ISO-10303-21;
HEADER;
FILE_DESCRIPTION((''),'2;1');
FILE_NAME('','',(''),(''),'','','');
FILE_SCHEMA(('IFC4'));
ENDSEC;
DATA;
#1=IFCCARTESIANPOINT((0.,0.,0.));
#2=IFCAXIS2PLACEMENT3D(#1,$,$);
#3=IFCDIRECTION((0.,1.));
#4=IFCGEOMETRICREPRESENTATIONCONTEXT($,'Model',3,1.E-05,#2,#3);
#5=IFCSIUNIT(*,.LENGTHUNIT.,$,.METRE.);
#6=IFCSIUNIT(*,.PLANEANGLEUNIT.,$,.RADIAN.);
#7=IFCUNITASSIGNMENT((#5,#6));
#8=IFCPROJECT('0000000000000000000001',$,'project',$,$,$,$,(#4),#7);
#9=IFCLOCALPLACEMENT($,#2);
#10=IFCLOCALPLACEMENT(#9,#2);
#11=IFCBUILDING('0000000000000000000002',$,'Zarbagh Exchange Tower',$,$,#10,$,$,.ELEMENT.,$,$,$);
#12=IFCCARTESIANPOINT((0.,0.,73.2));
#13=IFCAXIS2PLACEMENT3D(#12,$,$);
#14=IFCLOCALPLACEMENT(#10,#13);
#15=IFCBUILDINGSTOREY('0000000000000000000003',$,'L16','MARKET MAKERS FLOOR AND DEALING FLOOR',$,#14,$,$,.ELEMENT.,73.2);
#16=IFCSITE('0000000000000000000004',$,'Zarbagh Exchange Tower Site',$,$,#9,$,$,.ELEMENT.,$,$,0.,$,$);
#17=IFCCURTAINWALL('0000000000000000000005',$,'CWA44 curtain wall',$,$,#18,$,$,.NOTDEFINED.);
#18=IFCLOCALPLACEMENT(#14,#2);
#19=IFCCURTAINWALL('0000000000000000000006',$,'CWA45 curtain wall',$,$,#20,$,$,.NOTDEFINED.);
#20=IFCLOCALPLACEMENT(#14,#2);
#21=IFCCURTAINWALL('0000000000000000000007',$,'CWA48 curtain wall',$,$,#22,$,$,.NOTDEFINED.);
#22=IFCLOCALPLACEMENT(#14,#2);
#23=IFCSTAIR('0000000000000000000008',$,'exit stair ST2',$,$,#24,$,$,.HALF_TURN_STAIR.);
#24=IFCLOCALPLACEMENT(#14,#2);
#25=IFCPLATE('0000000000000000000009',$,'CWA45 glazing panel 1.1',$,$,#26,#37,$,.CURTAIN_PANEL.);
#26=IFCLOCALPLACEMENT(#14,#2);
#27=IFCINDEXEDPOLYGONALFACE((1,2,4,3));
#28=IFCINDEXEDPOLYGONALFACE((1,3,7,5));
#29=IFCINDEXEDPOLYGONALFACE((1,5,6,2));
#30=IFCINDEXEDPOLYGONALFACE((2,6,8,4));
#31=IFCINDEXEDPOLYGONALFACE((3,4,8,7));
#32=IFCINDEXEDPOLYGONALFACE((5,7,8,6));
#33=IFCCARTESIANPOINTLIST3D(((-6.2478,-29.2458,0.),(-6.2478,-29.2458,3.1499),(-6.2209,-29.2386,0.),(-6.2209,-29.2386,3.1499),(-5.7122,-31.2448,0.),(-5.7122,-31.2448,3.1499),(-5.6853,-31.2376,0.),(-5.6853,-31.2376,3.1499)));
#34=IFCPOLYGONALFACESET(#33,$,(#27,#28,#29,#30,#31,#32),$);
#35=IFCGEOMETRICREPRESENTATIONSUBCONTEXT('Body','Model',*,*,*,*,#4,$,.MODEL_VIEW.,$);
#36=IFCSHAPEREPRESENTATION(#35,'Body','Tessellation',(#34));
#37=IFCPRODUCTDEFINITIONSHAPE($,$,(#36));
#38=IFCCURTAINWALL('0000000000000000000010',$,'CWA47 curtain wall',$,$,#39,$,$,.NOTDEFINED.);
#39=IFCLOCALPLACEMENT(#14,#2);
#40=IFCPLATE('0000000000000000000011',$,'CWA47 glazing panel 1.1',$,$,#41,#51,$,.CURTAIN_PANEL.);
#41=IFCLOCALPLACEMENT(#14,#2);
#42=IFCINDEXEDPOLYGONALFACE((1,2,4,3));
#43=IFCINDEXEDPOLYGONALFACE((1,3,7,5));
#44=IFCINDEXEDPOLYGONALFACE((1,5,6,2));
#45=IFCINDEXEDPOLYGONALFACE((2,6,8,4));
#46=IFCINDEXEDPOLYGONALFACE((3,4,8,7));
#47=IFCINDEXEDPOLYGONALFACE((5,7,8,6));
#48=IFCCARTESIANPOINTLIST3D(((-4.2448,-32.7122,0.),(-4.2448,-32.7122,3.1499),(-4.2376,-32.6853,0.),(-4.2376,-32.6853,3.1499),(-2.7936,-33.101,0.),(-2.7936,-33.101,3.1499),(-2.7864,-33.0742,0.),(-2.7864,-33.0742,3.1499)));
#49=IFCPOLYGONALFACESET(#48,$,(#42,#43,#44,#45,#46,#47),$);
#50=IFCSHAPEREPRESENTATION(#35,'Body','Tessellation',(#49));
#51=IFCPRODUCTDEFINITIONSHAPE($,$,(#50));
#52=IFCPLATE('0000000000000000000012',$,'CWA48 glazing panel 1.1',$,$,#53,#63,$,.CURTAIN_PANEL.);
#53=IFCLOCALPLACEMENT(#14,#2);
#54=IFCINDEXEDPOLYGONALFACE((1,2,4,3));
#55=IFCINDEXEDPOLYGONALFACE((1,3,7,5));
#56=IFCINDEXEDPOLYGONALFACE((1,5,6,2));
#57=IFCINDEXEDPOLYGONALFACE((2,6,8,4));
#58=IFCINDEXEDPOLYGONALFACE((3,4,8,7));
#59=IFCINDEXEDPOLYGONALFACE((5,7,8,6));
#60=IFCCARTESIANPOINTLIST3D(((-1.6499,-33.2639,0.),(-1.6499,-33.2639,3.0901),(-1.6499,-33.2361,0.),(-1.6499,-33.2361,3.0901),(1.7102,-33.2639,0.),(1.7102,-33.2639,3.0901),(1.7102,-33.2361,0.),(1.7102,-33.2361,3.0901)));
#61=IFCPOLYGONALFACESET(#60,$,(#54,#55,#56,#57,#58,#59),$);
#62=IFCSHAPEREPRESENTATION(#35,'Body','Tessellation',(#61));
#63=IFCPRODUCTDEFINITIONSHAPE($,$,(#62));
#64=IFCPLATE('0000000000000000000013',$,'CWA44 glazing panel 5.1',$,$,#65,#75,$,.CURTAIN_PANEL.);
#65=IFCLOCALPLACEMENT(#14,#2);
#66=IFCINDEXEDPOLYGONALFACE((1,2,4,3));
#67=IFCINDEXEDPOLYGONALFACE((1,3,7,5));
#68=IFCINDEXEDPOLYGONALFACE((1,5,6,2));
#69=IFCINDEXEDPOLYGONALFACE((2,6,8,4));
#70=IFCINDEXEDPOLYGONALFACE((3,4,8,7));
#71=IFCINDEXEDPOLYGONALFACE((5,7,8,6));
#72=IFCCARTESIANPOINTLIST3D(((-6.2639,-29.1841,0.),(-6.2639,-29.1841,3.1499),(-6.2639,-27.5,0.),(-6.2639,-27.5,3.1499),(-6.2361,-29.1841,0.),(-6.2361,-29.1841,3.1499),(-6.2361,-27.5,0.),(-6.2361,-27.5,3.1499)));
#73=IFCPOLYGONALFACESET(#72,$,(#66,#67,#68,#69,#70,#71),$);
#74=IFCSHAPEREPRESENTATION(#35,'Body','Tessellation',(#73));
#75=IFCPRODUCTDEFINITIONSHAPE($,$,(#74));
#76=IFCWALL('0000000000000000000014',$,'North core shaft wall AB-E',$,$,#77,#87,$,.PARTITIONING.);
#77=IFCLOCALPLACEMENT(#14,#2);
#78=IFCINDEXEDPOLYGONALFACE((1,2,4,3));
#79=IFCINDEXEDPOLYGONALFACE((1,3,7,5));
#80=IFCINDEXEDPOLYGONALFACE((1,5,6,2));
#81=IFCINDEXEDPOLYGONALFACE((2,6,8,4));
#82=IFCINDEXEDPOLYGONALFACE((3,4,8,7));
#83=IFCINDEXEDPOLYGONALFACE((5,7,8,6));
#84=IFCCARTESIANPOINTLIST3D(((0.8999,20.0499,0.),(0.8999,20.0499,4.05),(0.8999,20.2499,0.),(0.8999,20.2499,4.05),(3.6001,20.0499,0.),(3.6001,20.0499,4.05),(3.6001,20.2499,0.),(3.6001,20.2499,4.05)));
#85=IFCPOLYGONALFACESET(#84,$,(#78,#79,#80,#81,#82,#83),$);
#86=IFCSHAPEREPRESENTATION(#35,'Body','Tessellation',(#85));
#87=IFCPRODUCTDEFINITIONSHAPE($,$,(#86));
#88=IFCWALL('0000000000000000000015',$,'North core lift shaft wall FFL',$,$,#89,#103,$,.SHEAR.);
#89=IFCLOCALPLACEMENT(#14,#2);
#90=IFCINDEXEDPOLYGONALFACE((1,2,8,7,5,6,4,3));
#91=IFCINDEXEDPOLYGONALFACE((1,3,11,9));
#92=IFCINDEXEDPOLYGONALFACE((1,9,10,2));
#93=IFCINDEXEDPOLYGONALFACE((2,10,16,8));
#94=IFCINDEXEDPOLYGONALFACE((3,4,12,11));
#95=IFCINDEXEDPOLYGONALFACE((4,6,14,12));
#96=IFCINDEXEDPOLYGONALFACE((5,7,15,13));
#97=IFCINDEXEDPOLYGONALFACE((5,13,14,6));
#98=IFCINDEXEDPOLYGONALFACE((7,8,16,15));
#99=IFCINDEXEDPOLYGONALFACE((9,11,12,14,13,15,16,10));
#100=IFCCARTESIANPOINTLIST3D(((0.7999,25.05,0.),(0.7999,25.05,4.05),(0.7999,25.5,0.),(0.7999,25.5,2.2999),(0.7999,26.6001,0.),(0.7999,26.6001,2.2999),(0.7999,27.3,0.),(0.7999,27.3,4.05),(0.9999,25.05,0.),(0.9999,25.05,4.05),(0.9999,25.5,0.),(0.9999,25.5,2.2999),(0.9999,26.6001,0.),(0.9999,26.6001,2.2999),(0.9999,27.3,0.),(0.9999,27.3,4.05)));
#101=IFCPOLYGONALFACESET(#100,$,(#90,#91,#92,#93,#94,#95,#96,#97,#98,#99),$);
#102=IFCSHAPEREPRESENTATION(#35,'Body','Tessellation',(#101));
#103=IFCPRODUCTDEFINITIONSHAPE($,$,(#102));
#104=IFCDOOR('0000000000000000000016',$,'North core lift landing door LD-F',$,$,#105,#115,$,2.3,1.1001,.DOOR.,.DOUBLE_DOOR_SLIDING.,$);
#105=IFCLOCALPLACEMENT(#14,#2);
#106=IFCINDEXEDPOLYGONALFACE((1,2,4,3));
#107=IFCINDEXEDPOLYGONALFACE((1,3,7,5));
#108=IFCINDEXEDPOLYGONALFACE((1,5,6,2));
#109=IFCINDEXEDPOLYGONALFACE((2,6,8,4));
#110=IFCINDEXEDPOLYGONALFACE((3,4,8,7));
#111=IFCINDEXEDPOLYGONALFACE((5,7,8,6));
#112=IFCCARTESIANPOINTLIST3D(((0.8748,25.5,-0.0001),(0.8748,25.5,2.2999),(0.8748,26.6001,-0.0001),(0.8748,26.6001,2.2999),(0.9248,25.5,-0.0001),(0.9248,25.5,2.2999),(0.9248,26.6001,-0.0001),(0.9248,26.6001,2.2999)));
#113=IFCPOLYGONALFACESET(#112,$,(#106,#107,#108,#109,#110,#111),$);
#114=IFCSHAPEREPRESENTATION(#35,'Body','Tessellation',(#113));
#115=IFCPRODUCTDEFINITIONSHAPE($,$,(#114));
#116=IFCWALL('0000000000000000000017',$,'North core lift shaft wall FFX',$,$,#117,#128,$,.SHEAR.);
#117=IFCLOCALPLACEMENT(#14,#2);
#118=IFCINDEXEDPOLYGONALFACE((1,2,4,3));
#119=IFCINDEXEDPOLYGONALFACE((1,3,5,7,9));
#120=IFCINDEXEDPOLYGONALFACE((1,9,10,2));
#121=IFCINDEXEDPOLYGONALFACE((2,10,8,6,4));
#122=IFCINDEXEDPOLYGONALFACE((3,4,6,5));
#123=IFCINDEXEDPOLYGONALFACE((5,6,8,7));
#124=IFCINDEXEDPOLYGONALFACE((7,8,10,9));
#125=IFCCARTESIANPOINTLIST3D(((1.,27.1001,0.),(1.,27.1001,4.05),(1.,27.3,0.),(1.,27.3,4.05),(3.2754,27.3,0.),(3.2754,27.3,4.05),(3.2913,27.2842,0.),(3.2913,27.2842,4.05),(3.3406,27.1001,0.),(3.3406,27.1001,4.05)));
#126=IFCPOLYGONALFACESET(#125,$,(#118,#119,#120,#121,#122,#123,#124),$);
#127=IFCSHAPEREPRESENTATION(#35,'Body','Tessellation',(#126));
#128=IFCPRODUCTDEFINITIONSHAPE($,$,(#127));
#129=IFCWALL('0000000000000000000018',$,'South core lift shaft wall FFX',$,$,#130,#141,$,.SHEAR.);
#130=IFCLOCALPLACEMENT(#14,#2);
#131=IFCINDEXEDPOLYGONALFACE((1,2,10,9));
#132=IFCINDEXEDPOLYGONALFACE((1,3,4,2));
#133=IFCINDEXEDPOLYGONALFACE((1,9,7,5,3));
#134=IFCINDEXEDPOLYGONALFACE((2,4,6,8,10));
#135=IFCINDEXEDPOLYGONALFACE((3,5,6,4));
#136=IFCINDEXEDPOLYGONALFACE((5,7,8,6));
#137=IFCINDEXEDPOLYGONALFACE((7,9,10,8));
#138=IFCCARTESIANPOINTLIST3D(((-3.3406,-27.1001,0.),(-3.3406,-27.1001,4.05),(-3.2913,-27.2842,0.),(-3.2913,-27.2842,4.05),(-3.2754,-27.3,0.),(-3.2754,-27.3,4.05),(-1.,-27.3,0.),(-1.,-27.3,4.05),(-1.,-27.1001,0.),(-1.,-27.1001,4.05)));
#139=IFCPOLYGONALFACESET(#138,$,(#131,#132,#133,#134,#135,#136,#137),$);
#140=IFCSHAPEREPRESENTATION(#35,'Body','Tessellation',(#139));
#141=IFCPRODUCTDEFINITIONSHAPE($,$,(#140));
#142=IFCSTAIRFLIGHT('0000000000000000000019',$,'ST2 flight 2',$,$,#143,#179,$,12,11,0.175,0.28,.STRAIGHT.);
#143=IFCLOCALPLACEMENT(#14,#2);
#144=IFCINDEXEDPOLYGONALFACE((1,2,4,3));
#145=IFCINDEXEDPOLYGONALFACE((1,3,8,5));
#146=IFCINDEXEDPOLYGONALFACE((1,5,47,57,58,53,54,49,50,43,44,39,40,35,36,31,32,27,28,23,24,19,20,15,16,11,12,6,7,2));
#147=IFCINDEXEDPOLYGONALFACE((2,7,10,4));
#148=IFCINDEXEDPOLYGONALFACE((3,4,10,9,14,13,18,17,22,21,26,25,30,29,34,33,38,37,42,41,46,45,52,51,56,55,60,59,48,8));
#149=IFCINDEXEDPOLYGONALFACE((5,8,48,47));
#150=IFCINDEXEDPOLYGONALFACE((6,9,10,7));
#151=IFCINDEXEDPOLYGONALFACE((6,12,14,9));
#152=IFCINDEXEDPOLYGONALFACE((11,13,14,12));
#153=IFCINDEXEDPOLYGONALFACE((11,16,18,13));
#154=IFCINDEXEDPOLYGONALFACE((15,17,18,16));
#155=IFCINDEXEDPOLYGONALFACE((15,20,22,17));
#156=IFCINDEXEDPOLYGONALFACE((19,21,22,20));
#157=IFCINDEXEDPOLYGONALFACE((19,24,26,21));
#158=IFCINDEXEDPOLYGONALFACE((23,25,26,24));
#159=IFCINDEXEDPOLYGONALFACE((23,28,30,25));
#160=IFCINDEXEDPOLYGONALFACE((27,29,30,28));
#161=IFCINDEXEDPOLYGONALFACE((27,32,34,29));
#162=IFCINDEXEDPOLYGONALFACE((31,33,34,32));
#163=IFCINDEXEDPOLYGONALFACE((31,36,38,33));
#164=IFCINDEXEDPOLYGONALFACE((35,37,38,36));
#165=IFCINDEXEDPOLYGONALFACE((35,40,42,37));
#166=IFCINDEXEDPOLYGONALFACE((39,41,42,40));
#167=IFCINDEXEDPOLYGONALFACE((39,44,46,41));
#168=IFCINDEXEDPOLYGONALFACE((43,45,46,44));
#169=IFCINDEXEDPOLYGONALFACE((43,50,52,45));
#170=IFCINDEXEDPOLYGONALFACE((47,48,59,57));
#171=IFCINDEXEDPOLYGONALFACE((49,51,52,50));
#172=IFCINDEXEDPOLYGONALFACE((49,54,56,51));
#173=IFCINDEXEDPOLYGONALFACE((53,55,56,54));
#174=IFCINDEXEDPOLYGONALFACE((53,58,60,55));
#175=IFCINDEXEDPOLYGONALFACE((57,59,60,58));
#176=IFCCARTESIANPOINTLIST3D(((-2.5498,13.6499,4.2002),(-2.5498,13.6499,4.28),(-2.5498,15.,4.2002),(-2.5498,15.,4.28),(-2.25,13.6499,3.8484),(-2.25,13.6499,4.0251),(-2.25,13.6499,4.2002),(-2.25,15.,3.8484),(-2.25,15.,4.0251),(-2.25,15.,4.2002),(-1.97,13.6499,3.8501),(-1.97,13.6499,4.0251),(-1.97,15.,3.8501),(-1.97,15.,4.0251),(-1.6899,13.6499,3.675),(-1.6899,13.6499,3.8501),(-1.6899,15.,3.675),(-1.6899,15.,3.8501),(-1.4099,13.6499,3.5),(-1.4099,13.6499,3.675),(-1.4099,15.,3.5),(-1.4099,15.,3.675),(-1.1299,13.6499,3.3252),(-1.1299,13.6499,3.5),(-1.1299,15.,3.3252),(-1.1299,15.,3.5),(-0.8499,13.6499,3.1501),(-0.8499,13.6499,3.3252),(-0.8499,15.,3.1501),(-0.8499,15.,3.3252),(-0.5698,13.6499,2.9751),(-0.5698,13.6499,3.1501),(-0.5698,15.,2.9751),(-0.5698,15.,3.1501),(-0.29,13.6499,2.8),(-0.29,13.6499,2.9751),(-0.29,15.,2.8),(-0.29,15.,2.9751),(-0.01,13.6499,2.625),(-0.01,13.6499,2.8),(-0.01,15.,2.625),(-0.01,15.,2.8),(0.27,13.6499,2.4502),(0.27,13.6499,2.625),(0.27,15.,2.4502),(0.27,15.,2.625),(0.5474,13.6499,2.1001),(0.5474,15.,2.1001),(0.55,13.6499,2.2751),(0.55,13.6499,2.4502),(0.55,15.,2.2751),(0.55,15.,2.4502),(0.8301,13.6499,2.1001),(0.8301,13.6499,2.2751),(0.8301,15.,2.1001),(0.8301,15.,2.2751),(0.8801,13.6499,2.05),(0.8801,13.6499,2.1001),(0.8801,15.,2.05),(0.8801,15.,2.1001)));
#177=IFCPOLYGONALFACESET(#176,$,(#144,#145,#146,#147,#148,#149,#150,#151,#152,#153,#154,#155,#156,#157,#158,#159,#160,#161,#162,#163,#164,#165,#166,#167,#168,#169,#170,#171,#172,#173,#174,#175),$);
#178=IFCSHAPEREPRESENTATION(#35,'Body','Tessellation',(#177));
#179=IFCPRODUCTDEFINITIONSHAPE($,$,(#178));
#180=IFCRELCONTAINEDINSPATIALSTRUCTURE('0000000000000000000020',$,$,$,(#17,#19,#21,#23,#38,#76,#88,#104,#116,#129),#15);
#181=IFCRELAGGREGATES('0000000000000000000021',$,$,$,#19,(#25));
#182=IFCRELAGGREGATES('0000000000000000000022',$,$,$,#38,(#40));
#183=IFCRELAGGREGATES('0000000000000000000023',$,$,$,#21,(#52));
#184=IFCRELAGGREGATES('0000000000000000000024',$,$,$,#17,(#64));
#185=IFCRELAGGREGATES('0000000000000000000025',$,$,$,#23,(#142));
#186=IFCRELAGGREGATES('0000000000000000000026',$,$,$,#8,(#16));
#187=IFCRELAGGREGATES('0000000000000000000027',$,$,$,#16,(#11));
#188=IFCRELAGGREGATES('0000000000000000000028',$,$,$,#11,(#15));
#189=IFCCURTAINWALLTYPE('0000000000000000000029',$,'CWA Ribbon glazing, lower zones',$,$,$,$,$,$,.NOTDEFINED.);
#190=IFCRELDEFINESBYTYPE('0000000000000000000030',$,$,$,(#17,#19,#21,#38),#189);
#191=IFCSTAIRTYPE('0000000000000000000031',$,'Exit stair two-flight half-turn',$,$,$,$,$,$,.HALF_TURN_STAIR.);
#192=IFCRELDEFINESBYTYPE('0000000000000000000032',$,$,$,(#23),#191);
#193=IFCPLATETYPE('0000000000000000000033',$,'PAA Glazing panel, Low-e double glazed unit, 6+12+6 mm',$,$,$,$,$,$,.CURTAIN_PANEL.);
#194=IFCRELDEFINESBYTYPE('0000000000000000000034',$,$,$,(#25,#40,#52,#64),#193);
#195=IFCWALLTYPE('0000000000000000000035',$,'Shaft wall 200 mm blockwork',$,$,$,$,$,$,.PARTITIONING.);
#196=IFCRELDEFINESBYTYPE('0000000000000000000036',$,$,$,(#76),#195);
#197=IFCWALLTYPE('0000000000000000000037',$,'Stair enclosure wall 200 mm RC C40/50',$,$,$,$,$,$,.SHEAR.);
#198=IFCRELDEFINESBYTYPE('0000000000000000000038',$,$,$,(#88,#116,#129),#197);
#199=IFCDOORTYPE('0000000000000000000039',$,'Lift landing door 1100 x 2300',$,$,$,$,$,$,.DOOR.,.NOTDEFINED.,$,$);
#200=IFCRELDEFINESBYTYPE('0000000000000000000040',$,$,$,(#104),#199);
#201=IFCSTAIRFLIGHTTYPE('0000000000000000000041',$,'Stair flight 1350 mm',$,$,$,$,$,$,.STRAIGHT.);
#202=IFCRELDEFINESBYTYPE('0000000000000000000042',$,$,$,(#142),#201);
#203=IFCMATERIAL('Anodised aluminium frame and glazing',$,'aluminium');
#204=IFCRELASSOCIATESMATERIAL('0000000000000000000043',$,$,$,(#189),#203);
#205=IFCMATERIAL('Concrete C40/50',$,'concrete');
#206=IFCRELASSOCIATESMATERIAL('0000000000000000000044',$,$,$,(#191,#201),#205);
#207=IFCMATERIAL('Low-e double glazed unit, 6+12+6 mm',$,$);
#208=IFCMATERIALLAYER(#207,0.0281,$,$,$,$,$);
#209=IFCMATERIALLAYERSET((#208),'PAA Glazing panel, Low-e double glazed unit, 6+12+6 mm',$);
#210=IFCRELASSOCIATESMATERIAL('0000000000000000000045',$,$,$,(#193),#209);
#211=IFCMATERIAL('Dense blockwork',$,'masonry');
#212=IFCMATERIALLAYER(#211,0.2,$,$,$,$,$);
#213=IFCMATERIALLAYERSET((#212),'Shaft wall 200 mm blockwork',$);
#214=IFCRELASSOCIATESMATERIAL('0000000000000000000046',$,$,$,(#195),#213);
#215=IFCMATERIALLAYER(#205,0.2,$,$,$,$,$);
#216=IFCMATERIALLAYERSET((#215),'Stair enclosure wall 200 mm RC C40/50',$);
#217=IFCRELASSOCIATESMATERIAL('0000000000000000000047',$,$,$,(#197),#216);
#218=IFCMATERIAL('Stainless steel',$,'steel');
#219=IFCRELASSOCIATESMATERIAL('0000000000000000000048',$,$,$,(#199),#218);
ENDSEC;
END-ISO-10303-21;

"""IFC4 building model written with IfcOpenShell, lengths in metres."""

from ifc_helpers import new_model, si_unit, direction, frame, frame_2d, origin, place, context, subcontext, project, spatial, polyline, rectangle, outline, extrude, source, transform, mapped, material, layer, layer_set, type_object, element, fill, aggregate, save


model = new_model("IFC4")

# Units and contexts
model_context = context("Model", 3, precision=1e-05, world=origin(), true_north=direction((0.0, 1.0)))
body_context = subcontext(model_context, "Body", "Model", "MODEL_VIEW")
ifc_project = project(units=[si_unit("LENGTHUNIT", "METRE"), si_unit("PLANEANGLEUNIT", "RADIAN")], contexts=[model_context])

# Site, building, storey
site_placement = place(None, origin())
site = spatial("IfcSite", under=ifc_project, at=site_placement, Name="Zarbagh Exchange Tower Site", CompositionType="ELEMENT", RefElevation=0.0)
building_placement = place(site_placement, origin())
building = spatial("IfcBuilding", under=site, at=building_placement, Name="Zarbagh Exchange Tower", CompositionType="ELEMENT")
storey_placement = place(building_placement, frame((0.0, 0.0, 73.2)))
storey = spatial("IfcBuildingStorey", under=building, at=storey_placement, Name="L16", Description="MARKET MAKERS FLOOR AND DEALING FLOOR", CompositionType="ELEMENT", Elevation=73.2)

# Curtain wall
ifc_material_1 = material(Name="Anodised aluminium frame and glazing", Category="aluminium")
curtain_wall_type = type_object("IfcCurtainWallType", Name="CWA Ribbon glazing, lower zones", PredefinedType="NOTDEFINED", material=ifc_material_1)
curtain_wall_1_placement = place(storey_placement, origin())
curtain_wall_1 = element("IfcCurtainWall", 1, at=curtain_wall_1_placement, inside=storey, type_object=curtain_wall_type, Name="CWA44 curtain wall", PredefinedType="NOTDEFINED")
placement = place(storey_placement, origin())

# Curtain wall
curtain_wall_2_placement = place(storey_placement, origin())
curtain_wall_2 = element("IfcCurtainWall", 2, at=curtain_wall_2_placement, inside=storey, type_object=curtain_wall_type, Name="CWA45 curtain wall", PredefinedType="NOTDEFINED")

# Curtain wall
curtain_wall_3_placement = place(storey_placement, origin())
curtain_wall_3 = element("IfcCurtainWall", 3, at=curtain_wall_3_placement, inside=storey, type_object=curtain_wall_type, Name="CWA48 curtain wall", PredefinedType="NOTDEFINED")

# Stair
ifc_material_2 = material(Name="Concrete C40/50", Category="concrete")
stair_type = type_object("IfcStairType", Name="Exit stair two-flight half-turn", PredefinedType="HALF_TURN_STAIR", material=ifc_material_2)
stair_1_placement = place(storey_placement, origin())
stair_1 = element("IfcStair", 4, at=stair_1_placement, inside=storey, type_object=stair_type, Name="exit stair ST2", PredefinedType="HALF_TURN_STAIR")

# Shared definitions
ifc_material_3 = material(Name="Low-e double glazed unit, 6+12+6 mm")
ifc_layer_1 = layer(ifc_material_3, 0.0281)
ifc_layer_set_1 = layer_set([ifc_layer_1], Name="PAA Glazing panel, Low-e double glazed unit, 6+12+6 mm")
plate_type = type_object("IfcPlateType", Name="PAA Glazing panel, Low-e double glazed unit, 6+12+6 mm", PredefinedType="CURTAIN_PANEL", material=ifc_layer_set_1)

# Plate
shared_shape_1 = source(origin(), body_context, "Body", "SweptSolid", [
    extrude(outline(polyline([(0.0, -0.0139), (2.0696, -0.0139), (2.0696, 0.0139), (0.0, 0.0139), (0.0, -0.0139)])), origin(), (0.0, 0.0, 1.0), 3.1499),
])
plate_1 = element("IfcPlate", 5, at=placement, type_object=plate_type, Name="CWA45 glazing panel 1.1", PredefinedType="CURTAIN_PANEL", context=body_context, shape_type="MappedRepresentation", body=[
    mapped(shared_shape_1, transform((-6.2344, -29.2422, 0.0), x_axis=(0.258825, -0.965924, 0.0), y_axis=(0.965924, 0.258825, 0.0), z_axis=(0.0, 0.0, 1.0))),
])
aggregate(curtain_wall_2, [plate_1])

# Curtain wall, plate
curtain_wall_4_placement = place(storey_placement, origin())
curtain_wall_4 = element("IfcCurtainWall", 6, at=curtain_wall_4_placement, inside=storey, type_object=curtain_wall_type, Name="CWA47 curtain wall", PredefinedType="NOTDEFINED")
shared_shape_2 = source(origin(), body_context, "Body", "SweptSolid", [
    extrude(outline(polyline([(0.0, -0.0139), (1.5024, -0.0139), (1.5024, 0.0139), (0.0, 0.0139), (0.0, -0.0139)])), origin(), (0.0, 0.0, 1.0), 3.1499),
])
plate_2 = element("IfcPlate", 7, at=placement, type_object=plate_type, Name="CWA47 glazing panel 1.1", PredefinedType="CURTAIN_PANEL", context=body_context, shape_type="MappedRepresentation", body=[
    mapped(shared_shape_2, transform((-4.2412, -32.6987, 0.0), x_axis=(0.965924, -0.258825, 0.0), y_axis=(0.258825, 0.965924, 0.0), z_axis=(0.0, 0.0, 1.0))),
])
aggregate(curtain_wall_4, [plate_2])

# Plates
shared_shape_3 = source(origin(), body_context, "Body", "SweptSolid", [
    extrude(outline(polyline([(0.0, -0.0139), (3.3601, -0.0139), (3.3601, 0.0139), (0.0, 0.0139), (0.0, -0.0139)])), origin(), (0.0, 0.0, 1.0), 3.0901),
])
plate_3 = element("IfcPlate", 8, at=placement, type_object=plate_type, Name="CWA48 glazing panel 1.1", PredefinedType="CURTAIN_PANEL", context=body_context, shape_type="MappedRepresentation", body=[
    mapped(shared_shape_3, transform((-1.6499, -33.25, 0.0), x_axis=(1.0, 0.0, 0.0), y_axis=(0.0, 1.0, 0.0), z_axis=(0.0, 0.0, 1.0))),
])
aggregate(curtain_wall_3, [plate_3])
shared_shape_4 = source(origin(), body_context, "Body", "SweptSolid", [
    extrude(outline(polyline([(0.0, -0.0139), (1.6841, -0.0139), (1.6841, 0.0139), (0.0, 0.0139), (0.0, -0.0139)])), origin(), (0.0, 0.0, 1.0), 3.1499),
])
plate_4 = element("IfcPlate", 9, at=placement, type_object=plate_type, Name="CWA44 glazing panel 5.1", PredefinedType="CURTAIN_PANEL", context=body_context, shape_type="MappedRepresentation", body=[
    mapped(shared_shape_4, transform((-6.25, -27.5, 0.0), x_axis=(0.0, -1.0, 0.0), y_axis=(1.0, 0.0, 0.0), z_axis=(0.0, 0.0, 1.0))),
])
aggregate(curtain_wall_1, [plate_4])

# Wall
ifc_material_4 = material(Name="Dense blockwork", Category="masonry")
ifc_layer_2 = layer(ifc_material_4, 0.2)
ifc_layer_set_2 = layer_set([ifc_layer_2], Name="Shaft wall 200 mm blockwork")
wall_type_1 = type_object("IfcWallType", Name="Shaft wall 200 mm blockwork", PredefinedType="PARTITIONING", material=ifc_layer_set_2)
wall_1_placement = place(storey_placement, frame((0.8999, 20.1499, 0.0), z_axis=(0.0, 0.0, 1.0), x_axis=(1.0, 0.0, 0.0)))
element("IfcWall", 10, at=wall_1_placement, inside=storey, type_object=wall_type_1, Name="North core shaft wall AB-E", PredefinedType="PARTITIONING", context=body_context, shape_type="SweptSolid", body=[
    extrude(rectangle(XDim=2.7002, YDim=0.2, at=frame_2d((1.3501, 0.0))), origin(), (0.0, 0.0, 1.0), 4.05),
])

# Wall, opening, door
ifc_layer_3 = layer(ifc_material_2, 0.2)
ifc_layer_set_3 = layer_set([ifc_layer_3], Name="Stair enclosure wall 200 mm RC C40/50")
wall_type_2 = type_object("IfcWallType", Name="Stair enclosure wall 200 mm RC C40/50", PredefinedType="SHEAR", material=ifc_layer_set_3)
wall_2_placement = place(storey_placement, frame((0.8999, 27.3, 0.0), z_axis=(0.0, 0.0, 1.0), x_axis=(0.0, -1.0, 0.0)))
wall_2 = element("IfcWall", 11, at=wall_2_placement, inside=storey, type_object=wall_type_2, Name="North core lift shaft wall FFL", PredefinedType="SHEAR", context=body_context, shape_type="SweptSolid", body=[
    extrude(rectangle(XDim=2.25, YDim=0.2, at=frame_2d((1.125, 0.0))), origin(), (0.0, 0.0, 1.0), 4.05),
])
opening_placement = place(wall_2_placement, frame((0.7, 0.0, 0.0)))
opening = element("IfcOpeningElement", 12, at=opening_placement, cuts=wall_2, PredefinedType="OPENING", context=body_context, shape_type="SweptSolid", body=[
    extrude(rectangle(XDim=1.1001, YDim=2.3, at=frame_2d((0.55, 1.1499))), frame((0.0, 0.1099, 0.0), z_axis=(0.0, -1.0, 0.0), x_axis=(1.0, 0.0, 0.0)), (0.0, 0.0, 1.0), 0.22),
])
ifc_material_5 = material(Name="Stainless steel", Category="steel")
door_type = type_object("IfcDoorType", Name="Lift landing door 1100 x 2300", OperationType="NOTDEFINED", PredefinedType="DOOR", material=ifc_material_5)
door_placement = place(opening_placement, origin())
door = element("IfcDoor", 13, at=door_placement, inside=storey, type_object=door_type, Name="North core lift landing door LD-F", OperationType="DOUBLE_DOOR_SLIDING", OverallHeight=2.3, OverallWidth=1.1001, PredefinedType="DOOR", context=body_context, shape_type="SweptSolid", body=[
    extrude(rectangle(XDim=1.1001, YDim=2.3, at=frame_2d((0.55, 1.1499))), frame((0.0, 0.0249, 0.0), z_axis=(0.0, -1.0, 0.0), x_axis=(1.0, 0.0, 0.0)), (0.0, 0.0, 1.0), 0.05),
])
fill(opening, door)

# Walls
wall_3_placement = place(storey_placement, origin())
element("IfcWall", 14, at=wall_3_placement, inside=storey, type_object=wall_type_2, Name="North core lift shaft wall FFX", PredefinedType="SHEAR", context=body_context, shape_type="SweptSolid", body=[
    extrude(outline(polyline([(1.0, 27.1001), (3.3406, 27.1001), (3.2913, 27.2842), (3.2754, 27.3), (1.0, 27.3), (1.0, 27.1001)])), origin(), (0.0, 0.0, 1.0), 4.05),
])
wall_4_placement = place(storey_placement, origin())
element("IfcWall", 15, at=wall_4_placement, inside=storey, type_object=wall_type_2, Name="South core lift shaft wall FFX", PredefinedType="SHEAR", context=body_context, shape_type="SweptSolid", body=[
    extrude(outline(polyline([(-1.0, -27.1001), (-3.3406, -27.1001), (-3.2913, -27.2842), (-3.2754, -27.3), (-1.0, -27.3), (-1.0, -27.1001)])), origin(), (0.0, 0.0, 1.0), 4.05),
])

# Stair flight
stair_flight_type = type_object("IfcStairFlightType", Name="Stair flight 1350 mm", PredefinedType="STRAIGHT", material=ifc_material_2)
stair_flight_placement = place(storey_placement, frame((0.8301, 14.325, 2.1001), z_axis=(0.0, 0.0, 1.0), x_axis=(-1.0, 0.0, 0.0)))
stair_flight = element("IfcStairFlight", 16, at=stair_flight_placement, type_object=stair_flight_type, Name="ST2 flight 2", NumberOfRisers=12, NumberOfTreads=11, PredefinedType="STRAIGHT", RiserHeight=0.175, TreadLength=0.28, context=body_context, shape_type="SweptSolid", body=[
    extrude(outline(polyline([(-0.05, -0.05), (-0.05, 0.0), (0.0, 0.0), (0.0, 0.175), (0.28, 0.175), (0.28, 0.3501), (0.5601, 0.3501), (0.5601, 0.5249), (0.8401, 0.5249), (0.8401, 0.7), (1.1201, 0.7), (1.1201, 0.875), (1.3999, 0.875), (1.3999, 1.05), (1.6799, 1.05), (1.6799, 1.2251), (1.96, 1.2251), (1.96, 1.3999), (2.24, 1.3999), (2.24, 1.575), (2.52, 1.575), (2.52, 1.75), (2.8, 1.75), (2.8, 1.925), (3.0801, 1.925), (3.0801, 2.1001), (3.3799, 2.1799), (3.3799, 2.1001), (3.0801, 1.7483), (0.2827, 0.0), (-0.05, -0.05)])), frame((0.0, 0.675, 0.0), z_axis=(0.0, -1.0, 0.0), x_axis=(1.0, 0.0, 0.0)), (0.0, 0.0, 1.0), 1.3501),
])
aggregate(stair_1, [stair_flight])

save(model, "model.ifc")
